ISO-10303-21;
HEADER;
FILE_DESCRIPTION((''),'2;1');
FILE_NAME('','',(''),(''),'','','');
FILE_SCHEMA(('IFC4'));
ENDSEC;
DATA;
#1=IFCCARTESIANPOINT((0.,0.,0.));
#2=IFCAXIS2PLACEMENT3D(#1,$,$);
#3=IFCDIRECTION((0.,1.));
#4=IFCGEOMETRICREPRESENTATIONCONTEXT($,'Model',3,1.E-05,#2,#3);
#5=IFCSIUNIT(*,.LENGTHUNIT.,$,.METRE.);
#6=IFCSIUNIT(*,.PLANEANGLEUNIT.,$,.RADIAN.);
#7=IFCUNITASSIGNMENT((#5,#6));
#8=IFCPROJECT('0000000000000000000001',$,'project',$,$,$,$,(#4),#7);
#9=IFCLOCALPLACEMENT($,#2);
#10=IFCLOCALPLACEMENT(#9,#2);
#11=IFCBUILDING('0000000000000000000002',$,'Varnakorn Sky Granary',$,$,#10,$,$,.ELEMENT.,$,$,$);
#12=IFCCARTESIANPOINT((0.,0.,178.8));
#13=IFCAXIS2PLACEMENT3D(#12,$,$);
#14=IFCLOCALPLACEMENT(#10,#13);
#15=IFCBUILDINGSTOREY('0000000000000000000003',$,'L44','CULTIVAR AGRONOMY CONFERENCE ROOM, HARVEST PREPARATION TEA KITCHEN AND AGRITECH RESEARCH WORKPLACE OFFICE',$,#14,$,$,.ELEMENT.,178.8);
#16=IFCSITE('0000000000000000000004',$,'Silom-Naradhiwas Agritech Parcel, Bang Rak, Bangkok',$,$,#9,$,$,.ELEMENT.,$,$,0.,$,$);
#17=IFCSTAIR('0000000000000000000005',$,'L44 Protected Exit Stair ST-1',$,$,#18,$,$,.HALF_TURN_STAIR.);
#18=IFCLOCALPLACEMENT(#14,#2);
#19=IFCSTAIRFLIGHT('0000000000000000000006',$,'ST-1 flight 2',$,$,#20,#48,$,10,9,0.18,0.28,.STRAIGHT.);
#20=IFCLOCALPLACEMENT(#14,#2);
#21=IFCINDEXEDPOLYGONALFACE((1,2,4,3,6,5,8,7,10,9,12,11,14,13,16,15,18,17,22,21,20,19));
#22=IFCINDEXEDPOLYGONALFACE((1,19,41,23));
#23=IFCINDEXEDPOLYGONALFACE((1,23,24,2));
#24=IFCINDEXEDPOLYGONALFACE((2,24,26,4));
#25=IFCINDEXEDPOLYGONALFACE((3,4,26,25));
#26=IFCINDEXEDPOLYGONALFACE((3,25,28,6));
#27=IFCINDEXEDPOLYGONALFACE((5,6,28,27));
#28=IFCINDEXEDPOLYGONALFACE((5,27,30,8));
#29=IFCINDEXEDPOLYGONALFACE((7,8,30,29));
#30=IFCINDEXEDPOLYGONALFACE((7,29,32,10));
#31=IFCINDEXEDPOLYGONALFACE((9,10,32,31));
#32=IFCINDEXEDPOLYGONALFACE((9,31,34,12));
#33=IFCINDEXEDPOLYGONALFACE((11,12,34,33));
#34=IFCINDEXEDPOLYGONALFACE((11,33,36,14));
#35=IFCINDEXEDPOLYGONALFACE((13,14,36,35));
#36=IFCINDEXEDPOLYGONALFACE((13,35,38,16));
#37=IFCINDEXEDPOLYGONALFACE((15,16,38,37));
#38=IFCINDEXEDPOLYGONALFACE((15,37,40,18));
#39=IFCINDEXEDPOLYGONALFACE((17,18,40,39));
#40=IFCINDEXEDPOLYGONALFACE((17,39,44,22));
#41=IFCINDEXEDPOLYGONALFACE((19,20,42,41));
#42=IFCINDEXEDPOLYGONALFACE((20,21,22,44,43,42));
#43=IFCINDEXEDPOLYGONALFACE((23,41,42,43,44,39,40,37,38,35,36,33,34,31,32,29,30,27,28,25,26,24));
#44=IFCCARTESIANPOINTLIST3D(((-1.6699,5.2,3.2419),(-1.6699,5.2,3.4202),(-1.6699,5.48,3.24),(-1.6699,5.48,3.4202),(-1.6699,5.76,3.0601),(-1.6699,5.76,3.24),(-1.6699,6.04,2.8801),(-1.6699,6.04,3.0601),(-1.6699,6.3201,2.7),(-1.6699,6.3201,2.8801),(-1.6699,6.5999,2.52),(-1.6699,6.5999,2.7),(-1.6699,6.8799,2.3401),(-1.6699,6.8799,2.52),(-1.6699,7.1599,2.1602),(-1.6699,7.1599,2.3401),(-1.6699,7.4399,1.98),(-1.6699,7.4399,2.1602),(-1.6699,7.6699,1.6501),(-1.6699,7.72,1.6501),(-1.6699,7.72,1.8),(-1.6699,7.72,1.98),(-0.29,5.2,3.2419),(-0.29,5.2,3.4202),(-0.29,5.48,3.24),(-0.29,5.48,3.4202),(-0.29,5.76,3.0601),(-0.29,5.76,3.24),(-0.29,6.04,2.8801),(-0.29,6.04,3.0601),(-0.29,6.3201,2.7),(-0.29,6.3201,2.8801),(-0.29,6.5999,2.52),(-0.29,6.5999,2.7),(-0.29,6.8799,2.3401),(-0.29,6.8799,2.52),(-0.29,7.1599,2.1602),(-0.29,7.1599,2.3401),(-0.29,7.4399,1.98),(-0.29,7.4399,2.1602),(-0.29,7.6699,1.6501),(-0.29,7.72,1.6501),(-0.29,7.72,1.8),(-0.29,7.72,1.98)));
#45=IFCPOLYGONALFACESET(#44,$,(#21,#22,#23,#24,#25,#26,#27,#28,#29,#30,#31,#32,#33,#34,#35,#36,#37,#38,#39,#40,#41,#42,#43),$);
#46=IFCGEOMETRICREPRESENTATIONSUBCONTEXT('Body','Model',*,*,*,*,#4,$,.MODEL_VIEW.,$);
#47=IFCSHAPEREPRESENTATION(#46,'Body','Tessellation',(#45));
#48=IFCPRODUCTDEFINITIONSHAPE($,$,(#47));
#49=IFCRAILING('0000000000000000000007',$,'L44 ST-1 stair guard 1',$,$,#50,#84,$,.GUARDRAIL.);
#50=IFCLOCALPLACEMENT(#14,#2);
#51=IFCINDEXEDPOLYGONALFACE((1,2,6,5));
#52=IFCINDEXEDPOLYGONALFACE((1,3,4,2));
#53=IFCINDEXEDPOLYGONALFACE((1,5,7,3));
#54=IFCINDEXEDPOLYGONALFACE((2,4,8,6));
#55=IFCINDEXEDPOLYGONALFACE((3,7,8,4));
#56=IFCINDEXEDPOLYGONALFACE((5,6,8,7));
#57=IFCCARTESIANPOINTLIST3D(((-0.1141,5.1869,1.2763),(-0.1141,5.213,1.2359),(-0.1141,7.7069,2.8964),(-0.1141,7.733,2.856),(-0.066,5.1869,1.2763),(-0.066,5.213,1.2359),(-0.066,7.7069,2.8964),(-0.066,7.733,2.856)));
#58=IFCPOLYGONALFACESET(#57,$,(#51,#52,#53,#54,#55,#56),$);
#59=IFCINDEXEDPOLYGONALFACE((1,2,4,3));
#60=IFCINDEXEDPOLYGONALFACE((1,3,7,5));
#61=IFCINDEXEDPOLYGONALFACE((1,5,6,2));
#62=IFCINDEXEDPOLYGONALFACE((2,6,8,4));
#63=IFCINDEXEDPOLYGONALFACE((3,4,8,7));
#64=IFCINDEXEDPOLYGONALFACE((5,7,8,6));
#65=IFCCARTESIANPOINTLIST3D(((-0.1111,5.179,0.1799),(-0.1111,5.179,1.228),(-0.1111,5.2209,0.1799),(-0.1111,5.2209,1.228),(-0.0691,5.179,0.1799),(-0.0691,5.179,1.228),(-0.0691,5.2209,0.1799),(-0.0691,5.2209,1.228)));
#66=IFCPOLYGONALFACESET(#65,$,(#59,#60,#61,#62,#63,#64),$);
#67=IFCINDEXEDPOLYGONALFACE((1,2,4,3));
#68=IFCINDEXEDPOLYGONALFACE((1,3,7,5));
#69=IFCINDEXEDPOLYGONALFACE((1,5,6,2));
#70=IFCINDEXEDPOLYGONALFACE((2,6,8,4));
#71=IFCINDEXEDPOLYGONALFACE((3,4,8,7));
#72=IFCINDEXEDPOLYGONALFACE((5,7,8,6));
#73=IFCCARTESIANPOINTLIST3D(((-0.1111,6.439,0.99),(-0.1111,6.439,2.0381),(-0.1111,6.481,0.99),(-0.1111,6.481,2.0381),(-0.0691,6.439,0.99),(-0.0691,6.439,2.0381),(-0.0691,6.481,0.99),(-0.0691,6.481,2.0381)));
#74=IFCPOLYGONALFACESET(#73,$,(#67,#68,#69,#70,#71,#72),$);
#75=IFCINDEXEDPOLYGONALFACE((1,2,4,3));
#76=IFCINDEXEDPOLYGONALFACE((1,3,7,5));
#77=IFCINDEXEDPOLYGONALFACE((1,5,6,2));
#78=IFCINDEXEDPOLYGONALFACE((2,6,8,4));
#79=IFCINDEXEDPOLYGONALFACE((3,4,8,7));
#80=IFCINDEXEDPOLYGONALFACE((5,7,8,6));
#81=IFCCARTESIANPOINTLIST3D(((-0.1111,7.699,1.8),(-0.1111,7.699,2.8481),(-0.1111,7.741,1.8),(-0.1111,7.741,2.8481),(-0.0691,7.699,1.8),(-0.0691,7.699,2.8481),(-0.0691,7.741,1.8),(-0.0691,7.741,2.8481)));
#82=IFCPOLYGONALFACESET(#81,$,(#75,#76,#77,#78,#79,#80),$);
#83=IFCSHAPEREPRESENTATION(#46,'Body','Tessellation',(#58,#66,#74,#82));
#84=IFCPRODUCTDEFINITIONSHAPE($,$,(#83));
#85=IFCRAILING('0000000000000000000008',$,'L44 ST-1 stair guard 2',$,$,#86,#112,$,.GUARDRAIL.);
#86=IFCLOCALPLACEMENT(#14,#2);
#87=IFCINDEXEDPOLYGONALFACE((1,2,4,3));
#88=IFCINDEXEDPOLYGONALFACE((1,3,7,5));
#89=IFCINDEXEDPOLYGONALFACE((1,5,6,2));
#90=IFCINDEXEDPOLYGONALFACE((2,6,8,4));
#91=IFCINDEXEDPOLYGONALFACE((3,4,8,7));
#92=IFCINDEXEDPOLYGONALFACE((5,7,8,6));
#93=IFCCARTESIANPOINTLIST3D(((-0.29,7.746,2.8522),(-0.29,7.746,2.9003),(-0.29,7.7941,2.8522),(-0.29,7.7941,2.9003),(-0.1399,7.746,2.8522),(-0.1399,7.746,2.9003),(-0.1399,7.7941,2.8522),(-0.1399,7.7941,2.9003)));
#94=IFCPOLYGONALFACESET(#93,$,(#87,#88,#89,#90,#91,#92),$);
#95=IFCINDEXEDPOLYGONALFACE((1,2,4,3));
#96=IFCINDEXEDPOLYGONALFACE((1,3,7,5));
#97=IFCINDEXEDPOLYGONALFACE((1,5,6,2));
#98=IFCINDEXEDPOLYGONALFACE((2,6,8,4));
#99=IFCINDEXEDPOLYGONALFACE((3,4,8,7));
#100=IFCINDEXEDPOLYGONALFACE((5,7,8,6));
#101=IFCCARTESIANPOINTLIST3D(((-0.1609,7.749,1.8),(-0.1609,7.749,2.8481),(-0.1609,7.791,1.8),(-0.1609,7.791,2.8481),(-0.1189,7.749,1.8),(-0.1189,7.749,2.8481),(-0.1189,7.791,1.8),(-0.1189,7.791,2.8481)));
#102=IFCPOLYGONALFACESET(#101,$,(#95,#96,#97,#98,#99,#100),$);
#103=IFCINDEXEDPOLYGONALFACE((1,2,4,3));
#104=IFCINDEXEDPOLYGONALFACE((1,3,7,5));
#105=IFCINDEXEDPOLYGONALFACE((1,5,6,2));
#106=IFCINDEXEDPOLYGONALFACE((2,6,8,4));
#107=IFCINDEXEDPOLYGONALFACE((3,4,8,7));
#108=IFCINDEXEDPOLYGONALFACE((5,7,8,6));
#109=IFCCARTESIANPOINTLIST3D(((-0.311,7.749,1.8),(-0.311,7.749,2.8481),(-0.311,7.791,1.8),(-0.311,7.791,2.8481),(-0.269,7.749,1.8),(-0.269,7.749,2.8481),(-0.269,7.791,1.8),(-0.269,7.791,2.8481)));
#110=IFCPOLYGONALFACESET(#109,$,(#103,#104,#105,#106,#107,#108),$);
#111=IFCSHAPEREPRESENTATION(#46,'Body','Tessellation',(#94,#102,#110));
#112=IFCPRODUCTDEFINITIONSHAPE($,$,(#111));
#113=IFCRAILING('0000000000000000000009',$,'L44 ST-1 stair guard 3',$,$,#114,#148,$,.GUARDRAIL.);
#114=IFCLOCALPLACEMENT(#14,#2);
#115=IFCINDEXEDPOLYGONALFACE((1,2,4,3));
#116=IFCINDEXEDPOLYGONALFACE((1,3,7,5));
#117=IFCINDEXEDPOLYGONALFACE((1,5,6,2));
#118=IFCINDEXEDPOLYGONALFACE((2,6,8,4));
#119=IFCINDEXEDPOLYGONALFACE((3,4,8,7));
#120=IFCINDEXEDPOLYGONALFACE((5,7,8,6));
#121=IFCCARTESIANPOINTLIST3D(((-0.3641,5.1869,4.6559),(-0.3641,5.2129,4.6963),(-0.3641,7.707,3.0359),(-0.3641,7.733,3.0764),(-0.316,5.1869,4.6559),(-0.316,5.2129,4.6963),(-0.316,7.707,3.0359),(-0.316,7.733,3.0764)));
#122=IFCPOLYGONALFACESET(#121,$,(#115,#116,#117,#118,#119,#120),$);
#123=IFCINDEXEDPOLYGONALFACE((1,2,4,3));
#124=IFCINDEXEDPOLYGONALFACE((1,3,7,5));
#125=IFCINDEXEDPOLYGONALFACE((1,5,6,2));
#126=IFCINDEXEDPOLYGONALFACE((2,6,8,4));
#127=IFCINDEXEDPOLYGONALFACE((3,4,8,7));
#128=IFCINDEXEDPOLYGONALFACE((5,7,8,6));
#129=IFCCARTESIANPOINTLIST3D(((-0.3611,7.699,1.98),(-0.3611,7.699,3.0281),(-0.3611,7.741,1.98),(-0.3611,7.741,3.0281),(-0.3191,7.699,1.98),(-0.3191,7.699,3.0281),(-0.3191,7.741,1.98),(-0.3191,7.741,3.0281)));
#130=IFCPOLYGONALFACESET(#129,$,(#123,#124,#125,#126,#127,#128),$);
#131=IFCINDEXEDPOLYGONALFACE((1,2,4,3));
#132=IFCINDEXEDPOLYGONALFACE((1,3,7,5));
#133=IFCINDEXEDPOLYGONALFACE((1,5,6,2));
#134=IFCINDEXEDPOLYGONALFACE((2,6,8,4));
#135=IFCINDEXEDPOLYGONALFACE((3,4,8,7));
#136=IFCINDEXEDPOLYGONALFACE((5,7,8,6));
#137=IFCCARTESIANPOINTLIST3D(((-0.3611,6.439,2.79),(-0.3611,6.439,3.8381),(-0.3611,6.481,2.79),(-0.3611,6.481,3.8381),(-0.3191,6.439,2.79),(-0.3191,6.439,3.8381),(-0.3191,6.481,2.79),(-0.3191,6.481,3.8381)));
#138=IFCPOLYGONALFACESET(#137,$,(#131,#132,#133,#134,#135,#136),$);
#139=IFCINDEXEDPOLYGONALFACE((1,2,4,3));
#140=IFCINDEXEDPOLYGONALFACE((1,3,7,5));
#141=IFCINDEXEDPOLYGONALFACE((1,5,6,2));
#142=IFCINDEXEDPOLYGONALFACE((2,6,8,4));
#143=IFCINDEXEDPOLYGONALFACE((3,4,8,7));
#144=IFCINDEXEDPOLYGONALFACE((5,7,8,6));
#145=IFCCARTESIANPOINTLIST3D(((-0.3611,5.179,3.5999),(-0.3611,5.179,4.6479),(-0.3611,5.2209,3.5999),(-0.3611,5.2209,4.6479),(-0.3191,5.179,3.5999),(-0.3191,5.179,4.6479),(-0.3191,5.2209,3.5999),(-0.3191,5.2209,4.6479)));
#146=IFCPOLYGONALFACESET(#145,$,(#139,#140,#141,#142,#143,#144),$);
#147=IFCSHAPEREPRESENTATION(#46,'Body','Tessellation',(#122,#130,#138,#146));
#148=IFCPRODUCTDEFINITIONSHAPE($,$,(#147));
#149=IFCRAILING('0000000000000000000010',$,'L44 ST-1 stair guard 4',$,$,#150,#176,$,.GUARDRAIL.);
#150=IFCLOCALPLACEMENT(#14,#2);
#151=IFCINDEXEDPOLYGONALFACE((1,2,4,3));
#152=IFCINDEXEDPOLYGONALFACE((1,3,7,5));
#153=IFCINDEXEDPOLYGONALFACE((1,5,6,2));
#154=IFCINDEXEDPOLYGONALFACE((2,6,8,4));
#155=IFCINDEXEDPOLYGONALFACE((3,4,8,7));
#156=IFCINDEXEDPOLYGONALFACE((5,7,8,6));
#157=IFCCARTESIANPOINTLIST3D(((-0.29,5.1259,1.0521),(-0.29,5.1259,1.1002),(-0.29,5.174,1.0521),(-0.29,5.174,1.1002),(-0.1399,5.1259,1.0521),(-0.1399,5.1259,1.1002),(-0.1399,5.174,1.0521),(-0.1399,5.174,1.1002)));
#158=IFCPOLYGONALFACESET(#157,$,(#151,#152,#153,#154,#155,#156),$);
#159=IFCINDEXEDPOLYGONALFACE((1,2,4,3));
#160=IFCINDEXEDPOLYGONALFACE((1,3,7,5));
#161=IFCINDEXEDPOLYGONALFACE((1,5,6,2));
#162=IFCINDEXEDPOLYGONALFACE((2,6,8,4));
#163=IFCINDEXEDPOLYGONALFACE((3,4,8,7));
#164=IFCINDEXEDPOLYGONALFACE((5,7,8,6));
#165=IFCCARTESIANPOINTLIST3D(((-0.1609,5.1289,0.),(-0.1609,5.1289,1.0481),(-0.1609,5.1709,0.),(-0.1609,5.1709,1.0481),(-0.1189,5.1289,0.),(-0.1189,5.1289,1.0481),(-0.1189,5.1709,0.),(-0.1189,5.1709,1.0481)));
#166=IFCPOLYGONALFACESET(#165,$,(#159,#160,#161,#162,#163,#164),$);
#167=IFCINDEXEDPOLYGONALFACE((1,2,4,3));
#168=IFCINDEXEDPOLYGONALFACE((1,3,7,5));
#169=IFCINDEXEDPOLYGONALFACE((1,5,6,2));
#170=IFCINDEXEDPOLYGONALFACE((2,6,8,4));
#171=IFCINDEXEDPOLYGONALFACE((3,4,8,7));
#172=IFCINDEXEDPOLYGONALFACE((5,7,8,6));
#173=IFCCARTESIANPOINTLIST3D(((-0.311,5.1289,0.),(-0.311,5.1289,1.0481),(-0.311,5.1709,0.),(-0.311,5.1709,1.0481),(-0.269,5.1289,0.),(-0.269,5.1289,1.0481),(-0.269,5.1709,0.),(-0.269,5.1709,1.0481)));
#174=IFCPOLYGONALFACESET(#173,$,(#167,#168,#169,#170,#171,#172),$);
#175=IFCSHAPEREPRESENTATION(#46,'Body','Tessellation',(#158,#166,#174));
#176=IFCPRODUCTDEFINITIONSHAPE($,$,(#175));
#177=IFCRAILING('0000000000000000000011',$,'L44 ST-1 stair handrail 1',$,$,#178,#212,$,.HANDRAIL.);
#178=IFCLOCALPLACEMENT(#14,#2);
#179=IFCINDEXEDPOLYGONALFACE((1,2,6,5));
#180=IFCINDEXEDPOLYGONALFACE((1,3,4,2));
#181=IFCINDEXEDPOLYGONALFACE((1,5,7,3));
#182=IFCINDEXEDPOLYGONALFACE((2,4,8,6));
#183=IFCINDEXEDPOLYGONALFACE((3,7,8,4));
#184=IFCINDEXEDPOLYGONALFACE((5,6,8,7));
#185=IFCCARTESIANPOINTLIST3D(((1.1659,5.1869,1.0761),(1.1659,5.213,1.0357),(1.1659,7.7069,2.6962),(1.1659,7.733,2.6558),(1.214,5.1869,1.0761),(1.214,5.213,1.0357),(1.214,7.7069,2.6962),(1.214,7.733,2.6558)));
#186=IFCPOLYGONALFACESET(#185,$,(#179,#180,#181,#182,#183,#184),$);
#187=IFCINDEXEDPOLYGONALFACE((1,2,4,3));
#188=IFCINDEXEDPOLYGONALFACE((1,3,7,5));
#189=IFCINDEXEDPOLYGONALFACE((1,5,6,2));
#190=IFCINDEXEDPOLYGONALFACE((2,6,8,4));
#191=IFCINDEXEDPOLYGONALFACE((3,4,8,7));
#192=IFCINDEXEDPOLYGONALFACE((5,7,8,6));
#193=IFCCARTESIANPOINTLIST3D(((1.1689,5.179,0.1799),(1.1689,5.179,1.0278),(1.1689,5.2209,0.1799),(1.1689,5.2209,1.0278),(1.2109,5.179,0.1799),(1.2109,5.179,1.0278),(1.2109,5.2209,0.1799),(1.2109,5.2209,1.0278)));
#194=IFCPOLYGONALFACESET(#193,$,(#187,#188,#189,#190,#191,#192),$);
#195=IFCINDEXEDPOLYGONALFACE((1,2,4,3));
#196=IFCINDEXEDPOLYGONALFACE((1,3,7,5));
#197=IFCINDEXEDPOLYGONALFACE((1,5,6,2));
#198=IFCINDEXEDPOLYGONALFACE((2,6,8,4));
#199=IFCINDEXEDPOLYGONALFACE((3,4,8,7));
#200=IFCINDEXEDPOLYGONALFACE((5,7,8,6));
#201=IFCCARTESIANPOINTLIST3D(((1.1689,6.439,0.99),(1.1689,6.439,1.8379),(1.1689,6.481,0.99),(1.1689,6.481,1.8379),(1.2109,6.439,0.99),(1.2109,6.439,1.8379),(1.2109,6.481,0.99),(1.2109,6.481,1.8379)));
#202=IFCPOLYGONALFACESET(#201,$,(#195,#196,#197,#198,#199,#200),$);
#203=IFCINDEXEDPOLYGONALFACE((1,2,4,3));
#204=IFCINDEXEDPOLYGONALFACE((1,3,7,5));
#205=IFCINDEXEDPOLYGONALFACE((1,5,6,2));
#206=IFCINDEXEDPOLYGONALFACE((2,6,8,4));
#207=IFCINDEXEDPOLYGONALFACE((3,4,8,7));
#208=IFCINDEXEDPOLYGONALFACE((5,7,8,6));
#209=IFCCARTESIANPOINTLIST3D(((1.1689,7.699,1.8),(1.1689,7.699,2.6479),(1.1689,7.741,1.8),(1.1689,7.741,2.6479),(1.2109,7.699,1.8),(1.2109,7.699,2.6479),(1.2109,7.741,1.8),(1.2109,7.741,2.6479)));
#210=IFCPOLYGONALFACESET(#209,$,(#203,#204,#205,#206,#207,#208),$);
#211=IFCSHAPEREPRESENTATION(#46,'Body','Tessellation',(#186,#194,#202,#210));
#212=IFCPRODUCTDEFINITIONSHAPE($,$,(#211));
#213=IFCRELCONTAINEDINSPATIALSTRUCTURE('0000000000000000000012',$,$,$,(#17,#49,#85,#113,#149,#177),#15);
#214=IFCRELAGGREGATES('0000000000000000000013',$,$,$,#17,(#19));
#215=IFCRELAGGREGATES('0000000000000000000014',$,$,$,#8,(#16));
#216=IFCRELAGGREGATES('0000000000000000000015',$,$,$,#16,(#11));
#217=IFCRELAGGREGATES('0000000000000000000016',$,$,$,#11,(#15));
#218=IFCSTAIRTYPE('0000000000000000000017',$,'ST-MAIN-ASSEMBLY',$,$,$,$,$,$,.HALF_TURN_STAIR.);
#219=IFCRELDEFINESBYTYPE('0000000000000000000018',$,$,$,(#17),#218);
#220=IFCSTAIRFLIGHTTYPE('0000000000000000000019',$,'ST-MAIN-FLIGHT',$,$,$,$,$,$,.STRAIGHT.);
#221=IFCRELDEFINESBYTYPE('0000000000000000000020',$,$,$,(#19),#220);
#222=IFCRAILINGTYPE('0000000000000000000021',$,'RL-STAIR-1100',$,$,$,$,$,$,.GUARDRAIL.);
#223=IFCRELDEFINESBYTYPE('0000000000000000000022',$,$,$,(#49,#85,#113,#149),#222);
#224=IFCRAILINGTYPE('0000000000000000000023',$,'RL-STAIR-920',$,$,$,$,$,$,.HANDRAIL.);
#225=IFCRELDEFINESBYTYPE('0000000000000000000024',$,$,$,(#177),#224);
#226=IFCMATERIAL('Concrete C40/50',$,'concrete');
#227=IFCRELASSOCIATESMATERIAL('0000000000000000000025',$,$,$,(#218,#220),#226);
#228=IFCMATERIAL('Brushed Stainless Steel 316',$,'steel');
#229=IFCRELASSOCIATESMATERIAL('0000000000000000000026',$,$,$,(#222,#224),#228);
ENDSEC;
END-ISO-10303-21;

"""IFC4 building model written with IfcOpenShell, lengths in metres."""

from ifc_helpers import new_model, si_unit, direction, frame, origin, origin_2d, place, context, subcontext, project, spatial, polyline, rectangle, outline, extrude, material, type_object, element, aggregate, save


model = new_model("IFC4")

# Units and contexts
model_context = context("Model", 3, precision=1e-05, world=origin(), true_north=direction((0.0, 1.0)))
body_context = subcontext(model_context, "Body", "Model", "MODEL_VIEW")
ifc_project = project(units=[si_unit("LENGTHUNIT", "METRE"), si_unit("PLANEANGLEUNIT", "RADIAN")], contexts=[model_context])

# Site, building, storey
site_placement = place(None, origin())
site = spatial("IfcSite", under=ifc_project, at=site_placement, Name="Silom-Naradhiwas Agritech Parcel, Bang Rak, Bangkok", CompositionType="ELEMENT", RefElevation=0.0)
building_placement = place(site_placement, origin())
building = spatial("IfcBuilding", under=site, at=building_placement, Name="Varnakorn Sky Granary", CompositionType="ELEMENT")
storey_placement = place(building_placement, frame((0.0, 0.0, 178.8)))
storey = spatial("IfcBuildingStorey", under=building, at=storey_placement, Name="L44", Description="CULTIVAR AGRONOMY CONFERENCE ROOM, HARVEST PREPARATION TEA KITCHEN AND AGRITECH RESEARCH WORKPLACE OFFICE", CompositionType="ELEMENT", Elevation=178.8)

# Stair, stair flight
ifc_material_1 = material(Name="Concrete C40/50", Category="concrete")
stair_type = type_object("IfcStairType", Name="ST-MAIN-ASSEMBLY", PredefinedType="HALF_TURN_STAIR", material=ifc_material_1)
stair_placement = place(storey_placement, origin())
stair = element("IfcStair", 1, at=stair_placement, inside=storey, type_object=stair_type, Name="L44 Protected Exit Stair ST-1", PredefinedType="HALF_TURN_STAIR")
stair_flight_type = type_object("IfcStairFlightType", Name="ST-MAIN-FLIGHT", PredefinedType="STRAIGHT", material=ifc_material_1)
stair_flight_1_placement = place(storey_placement, frame((-0.98, 7.72, 1.8), z_axis=(0.0, 0.0, 1.0), x_axis=(0.0, -1.0, 0.0)))
stair_flight_1 = element("IfcStairFlight", 2, at=stair_flight_1_placement, type_object=stair_flight_type, Name="ST-1 flight 2", NumberOfRisers=10, NumberOfTreads=9, PredefinedType="STRAIGHT", RiserHeight=0.18, TreadLength=0.28, context=body_context, shape_type="SweptSolid", body=[
    extrude(outline(polyline([(0.0, -0.1499), (0.0, 0.0), (0.0, 0.1799), (0.28, 0.1799), (0.28, 0.3601), (0.5601, 0.3601), (0.5601, 0.54), (0.8401, 0.54), (0.8401, 0.72), (1.1201, 0.72), (1.1201, 0.8999), (1.3999, 0.8999), (1.3999, 1.0801), (1.6799, 1.0801), (1.6799, 1.26), (1.96, 1.26), (1.96, 1.4399), (2.24, 1.4399), (2.24, 1.6201), (2.52, 1.6201), (2.52, 1.8), (2.52, 1.4419), (0.05, -0.1499), (0.0, -0.1499)])), frame((0.0, 0.6899, 0.0), z_axis=(0.0, -1.0, 0.0), x_axis=(1.0, 0.0, 0.0)), (0.0, 0.0, 1.0), 1.3799),
])
aggregate(stair, [stair_flight_1])

# Railings
ifc_material_2 = material(Name="Brushed Stainless Steel 316", Category="steel")
railing_type_1 = type_object("IfcRailingType", Name="RL-STAIR-1100", PredefinedType="GUARDRAIL", material=ifc_material_2)
railing_1_placement = place(storey_placement, frame((-0.0901, 5.2, 0.1799)))
element("IfcRailing", 3, at=railing_1_placement, inside=storey, type_object=railing_type_1, Name="L44 ST-1 stair guard 1", PredefinedType="GUARDRAIL", context=body_context, shape_type="SweptSolid", body=[
    extrude(rectangle(XDim=0.0481, YDim=0.0481, at=origin_2d()), frame((0.0, 0.0, 1.0762), z_axis=(0.0, 0.841163, 0.540782), x_axis=(-1.0, 0.0, 0.0)), (0.0, 0.0, 1.0), 2.9958),
    extrude(rectangle(XDim=0.042, YDim=0.042, at=origin_2d()), origin(), (0.0, 0.0, 1.0), 1.0481),
    extrude(rectangle(XDim=0.042, YDim=0.042, at=origin_2d()), frame((0.0, 1.26, 0.8101)), (0.0, 0.0, 1.0), 1.0481),
    extrude(rectangle(XDim=0.042, YDim=0.042, at=origin_2d()), frame((0.0, 2.52, 1.6201)), (0.0, 0.0, 1.0), 1.0481),
])
railing_2_placement = place(storey_placement, frame((-0.1399, 7.77, 1.8)))
element("IfcRailing", 4, at=railing_2_placement, inside=storey, type_object=railing_type_1, Name="L44 ST-1 stair guard 2", PredefinedType="GUARDRAIL", context=body_context, shape_type="SweptSolid", body=[
    extrude(rectangle(XDim=0.0481, YDim=0.0481, at=origin_2d()), frame((0.0, 0.0, 1.0762), z_axis=(-1.0, 0.0, 0.0), x_axis=(0.0, -1.0, 0.0)), (0.0, 0.0, 1.0), 0.1501),
    extrude(rectangle(XDim=0.042, YDim=0.042, at=origin_2d()), origin(), (0.0, 0.0, 1.0), 1.0481),
    extrude(rectangle(XDim=0.042, YDim=0.042, at=origin_2d()), frame((-0.1501, 0.0, 0.0)), (0.0, 0.0, 1.0), 1.0481),
])
railing_3_placement = place(storey_placement, frame((-0.3401, 7.72, 1.98)))
element("IfcRailing", 5, at=railing_3_placement, inside=storey, type_object=railing_type_1, Name="L44 ST-1 stair guard 3", PredefinedType="GUARDRAIL", context=body_context, shape_type="SweptSolid", body=[
    extrude(rectangle(XDim=0.0481, YDim=0.0481, at=origin_2d()), frame((0.0, 0.0, 1.0762), z_axis=(0.0, -0.8412, 0.540725), x_axis=(1.0, 0.0, 0.0)), (0.0, 0.0, 1.0), 2.9958),
    extrude(rectangle(XDim=0.042, YDim=0.042, at=origin_2d()), origin(), (0.0, 0.0, 1.0), 1.0481),
    extrude(rectangle(XDim=0.042, YDim=0.042, at=origin_2d()), frame((0.0, -1.26, 0.8101)), (0.0, 0.0, 1.0), 1.0481),
    extrude(rectangle(XDim=0.042, YDim=0.042, at=origin_2d()), frame((0.0, -2.52, 1.6199)), (0.0, 0.0, 1.0), 1.0481),
])
railing_4_placement = place(storey_placement, frame((-0.1399, 5.1499, 0.0)))
element("IfcRailing", 6, at=railing_4_placement, inside=storey, type_object=railing_type_1, Name="L44 ST-1 stair guard 4", PredefinedType="GUARDRAIL", context=body_context, shape_type="SweptSolid", body=[
    extrude(rectangle(XDim=0.0481, YDim=0.0481, at=origin_2d()), frame((0.0, 0.0, 1.0762), z_axis=(-1.0, 0.0, 0.0), x_axis=(0.0, -1.0, 0.0)), (0.0, 0.0, 1.0), 0.1501),
    extrude(rectangle(XDim=0.042, YDim=0.042, at=origin_2d()), origin(), (0.0, 0.0, 1.0), 1.0481),
    extrude(rectangle(XDim=0.042, YDim=0.042, at=origin_2d()), frame((-0.1501, 0.0, 0.0)), (0.0, 0.0, 1.0), 1.0481),
])
railing_type_2 = type_object("IfcRailingType", Name="RL-STAIR-920", PredefinedType="HANDRAIL", material=ifc_material_2)
railing_5_placement = place(storey_placement, frame((1.1899, 5.2, 0.1799)))
element("IfcRailing", 7, at=railing_5_placement, inside=storey, type_object=railing_type_2, Name="L44 ST-1 stair handrail 1", PredefinedType="HANDRAIL", context=body_context, shape_type="SweptSolid", body=[
    extrude(rectangle(XDim=0.0481, YDim=0.0481, at=origin_2d()), frame((0.0, 0.0, 0.876), z_axis=(0.0, 0.841163, 0.540782), x_axis=(-1.0, 0.0, 0.0)), (0.0, 0.0, 1.0), 2.9958),
    extrude(rectangle(XDim=0.042, YDim=0.042, at=origin_2d()), origin(), (0.0, 0.0, 1.0), 0.8479),
    extrude(rectangle(XDim=0.042, YDim=0.042, at=origin_2d()), frame((0.0, 1.26, 0.8101)), (0.0, 0.0, 1.0), 0.8479),
    extrude(rectangle(XDim=0.042, YDim=0.042, at=origin_2d()), frame((0.0, 2.52, 1.6201)), (0.0, 0.0, 1.0), 0.8479),
])

save(model, "model.ifc")
